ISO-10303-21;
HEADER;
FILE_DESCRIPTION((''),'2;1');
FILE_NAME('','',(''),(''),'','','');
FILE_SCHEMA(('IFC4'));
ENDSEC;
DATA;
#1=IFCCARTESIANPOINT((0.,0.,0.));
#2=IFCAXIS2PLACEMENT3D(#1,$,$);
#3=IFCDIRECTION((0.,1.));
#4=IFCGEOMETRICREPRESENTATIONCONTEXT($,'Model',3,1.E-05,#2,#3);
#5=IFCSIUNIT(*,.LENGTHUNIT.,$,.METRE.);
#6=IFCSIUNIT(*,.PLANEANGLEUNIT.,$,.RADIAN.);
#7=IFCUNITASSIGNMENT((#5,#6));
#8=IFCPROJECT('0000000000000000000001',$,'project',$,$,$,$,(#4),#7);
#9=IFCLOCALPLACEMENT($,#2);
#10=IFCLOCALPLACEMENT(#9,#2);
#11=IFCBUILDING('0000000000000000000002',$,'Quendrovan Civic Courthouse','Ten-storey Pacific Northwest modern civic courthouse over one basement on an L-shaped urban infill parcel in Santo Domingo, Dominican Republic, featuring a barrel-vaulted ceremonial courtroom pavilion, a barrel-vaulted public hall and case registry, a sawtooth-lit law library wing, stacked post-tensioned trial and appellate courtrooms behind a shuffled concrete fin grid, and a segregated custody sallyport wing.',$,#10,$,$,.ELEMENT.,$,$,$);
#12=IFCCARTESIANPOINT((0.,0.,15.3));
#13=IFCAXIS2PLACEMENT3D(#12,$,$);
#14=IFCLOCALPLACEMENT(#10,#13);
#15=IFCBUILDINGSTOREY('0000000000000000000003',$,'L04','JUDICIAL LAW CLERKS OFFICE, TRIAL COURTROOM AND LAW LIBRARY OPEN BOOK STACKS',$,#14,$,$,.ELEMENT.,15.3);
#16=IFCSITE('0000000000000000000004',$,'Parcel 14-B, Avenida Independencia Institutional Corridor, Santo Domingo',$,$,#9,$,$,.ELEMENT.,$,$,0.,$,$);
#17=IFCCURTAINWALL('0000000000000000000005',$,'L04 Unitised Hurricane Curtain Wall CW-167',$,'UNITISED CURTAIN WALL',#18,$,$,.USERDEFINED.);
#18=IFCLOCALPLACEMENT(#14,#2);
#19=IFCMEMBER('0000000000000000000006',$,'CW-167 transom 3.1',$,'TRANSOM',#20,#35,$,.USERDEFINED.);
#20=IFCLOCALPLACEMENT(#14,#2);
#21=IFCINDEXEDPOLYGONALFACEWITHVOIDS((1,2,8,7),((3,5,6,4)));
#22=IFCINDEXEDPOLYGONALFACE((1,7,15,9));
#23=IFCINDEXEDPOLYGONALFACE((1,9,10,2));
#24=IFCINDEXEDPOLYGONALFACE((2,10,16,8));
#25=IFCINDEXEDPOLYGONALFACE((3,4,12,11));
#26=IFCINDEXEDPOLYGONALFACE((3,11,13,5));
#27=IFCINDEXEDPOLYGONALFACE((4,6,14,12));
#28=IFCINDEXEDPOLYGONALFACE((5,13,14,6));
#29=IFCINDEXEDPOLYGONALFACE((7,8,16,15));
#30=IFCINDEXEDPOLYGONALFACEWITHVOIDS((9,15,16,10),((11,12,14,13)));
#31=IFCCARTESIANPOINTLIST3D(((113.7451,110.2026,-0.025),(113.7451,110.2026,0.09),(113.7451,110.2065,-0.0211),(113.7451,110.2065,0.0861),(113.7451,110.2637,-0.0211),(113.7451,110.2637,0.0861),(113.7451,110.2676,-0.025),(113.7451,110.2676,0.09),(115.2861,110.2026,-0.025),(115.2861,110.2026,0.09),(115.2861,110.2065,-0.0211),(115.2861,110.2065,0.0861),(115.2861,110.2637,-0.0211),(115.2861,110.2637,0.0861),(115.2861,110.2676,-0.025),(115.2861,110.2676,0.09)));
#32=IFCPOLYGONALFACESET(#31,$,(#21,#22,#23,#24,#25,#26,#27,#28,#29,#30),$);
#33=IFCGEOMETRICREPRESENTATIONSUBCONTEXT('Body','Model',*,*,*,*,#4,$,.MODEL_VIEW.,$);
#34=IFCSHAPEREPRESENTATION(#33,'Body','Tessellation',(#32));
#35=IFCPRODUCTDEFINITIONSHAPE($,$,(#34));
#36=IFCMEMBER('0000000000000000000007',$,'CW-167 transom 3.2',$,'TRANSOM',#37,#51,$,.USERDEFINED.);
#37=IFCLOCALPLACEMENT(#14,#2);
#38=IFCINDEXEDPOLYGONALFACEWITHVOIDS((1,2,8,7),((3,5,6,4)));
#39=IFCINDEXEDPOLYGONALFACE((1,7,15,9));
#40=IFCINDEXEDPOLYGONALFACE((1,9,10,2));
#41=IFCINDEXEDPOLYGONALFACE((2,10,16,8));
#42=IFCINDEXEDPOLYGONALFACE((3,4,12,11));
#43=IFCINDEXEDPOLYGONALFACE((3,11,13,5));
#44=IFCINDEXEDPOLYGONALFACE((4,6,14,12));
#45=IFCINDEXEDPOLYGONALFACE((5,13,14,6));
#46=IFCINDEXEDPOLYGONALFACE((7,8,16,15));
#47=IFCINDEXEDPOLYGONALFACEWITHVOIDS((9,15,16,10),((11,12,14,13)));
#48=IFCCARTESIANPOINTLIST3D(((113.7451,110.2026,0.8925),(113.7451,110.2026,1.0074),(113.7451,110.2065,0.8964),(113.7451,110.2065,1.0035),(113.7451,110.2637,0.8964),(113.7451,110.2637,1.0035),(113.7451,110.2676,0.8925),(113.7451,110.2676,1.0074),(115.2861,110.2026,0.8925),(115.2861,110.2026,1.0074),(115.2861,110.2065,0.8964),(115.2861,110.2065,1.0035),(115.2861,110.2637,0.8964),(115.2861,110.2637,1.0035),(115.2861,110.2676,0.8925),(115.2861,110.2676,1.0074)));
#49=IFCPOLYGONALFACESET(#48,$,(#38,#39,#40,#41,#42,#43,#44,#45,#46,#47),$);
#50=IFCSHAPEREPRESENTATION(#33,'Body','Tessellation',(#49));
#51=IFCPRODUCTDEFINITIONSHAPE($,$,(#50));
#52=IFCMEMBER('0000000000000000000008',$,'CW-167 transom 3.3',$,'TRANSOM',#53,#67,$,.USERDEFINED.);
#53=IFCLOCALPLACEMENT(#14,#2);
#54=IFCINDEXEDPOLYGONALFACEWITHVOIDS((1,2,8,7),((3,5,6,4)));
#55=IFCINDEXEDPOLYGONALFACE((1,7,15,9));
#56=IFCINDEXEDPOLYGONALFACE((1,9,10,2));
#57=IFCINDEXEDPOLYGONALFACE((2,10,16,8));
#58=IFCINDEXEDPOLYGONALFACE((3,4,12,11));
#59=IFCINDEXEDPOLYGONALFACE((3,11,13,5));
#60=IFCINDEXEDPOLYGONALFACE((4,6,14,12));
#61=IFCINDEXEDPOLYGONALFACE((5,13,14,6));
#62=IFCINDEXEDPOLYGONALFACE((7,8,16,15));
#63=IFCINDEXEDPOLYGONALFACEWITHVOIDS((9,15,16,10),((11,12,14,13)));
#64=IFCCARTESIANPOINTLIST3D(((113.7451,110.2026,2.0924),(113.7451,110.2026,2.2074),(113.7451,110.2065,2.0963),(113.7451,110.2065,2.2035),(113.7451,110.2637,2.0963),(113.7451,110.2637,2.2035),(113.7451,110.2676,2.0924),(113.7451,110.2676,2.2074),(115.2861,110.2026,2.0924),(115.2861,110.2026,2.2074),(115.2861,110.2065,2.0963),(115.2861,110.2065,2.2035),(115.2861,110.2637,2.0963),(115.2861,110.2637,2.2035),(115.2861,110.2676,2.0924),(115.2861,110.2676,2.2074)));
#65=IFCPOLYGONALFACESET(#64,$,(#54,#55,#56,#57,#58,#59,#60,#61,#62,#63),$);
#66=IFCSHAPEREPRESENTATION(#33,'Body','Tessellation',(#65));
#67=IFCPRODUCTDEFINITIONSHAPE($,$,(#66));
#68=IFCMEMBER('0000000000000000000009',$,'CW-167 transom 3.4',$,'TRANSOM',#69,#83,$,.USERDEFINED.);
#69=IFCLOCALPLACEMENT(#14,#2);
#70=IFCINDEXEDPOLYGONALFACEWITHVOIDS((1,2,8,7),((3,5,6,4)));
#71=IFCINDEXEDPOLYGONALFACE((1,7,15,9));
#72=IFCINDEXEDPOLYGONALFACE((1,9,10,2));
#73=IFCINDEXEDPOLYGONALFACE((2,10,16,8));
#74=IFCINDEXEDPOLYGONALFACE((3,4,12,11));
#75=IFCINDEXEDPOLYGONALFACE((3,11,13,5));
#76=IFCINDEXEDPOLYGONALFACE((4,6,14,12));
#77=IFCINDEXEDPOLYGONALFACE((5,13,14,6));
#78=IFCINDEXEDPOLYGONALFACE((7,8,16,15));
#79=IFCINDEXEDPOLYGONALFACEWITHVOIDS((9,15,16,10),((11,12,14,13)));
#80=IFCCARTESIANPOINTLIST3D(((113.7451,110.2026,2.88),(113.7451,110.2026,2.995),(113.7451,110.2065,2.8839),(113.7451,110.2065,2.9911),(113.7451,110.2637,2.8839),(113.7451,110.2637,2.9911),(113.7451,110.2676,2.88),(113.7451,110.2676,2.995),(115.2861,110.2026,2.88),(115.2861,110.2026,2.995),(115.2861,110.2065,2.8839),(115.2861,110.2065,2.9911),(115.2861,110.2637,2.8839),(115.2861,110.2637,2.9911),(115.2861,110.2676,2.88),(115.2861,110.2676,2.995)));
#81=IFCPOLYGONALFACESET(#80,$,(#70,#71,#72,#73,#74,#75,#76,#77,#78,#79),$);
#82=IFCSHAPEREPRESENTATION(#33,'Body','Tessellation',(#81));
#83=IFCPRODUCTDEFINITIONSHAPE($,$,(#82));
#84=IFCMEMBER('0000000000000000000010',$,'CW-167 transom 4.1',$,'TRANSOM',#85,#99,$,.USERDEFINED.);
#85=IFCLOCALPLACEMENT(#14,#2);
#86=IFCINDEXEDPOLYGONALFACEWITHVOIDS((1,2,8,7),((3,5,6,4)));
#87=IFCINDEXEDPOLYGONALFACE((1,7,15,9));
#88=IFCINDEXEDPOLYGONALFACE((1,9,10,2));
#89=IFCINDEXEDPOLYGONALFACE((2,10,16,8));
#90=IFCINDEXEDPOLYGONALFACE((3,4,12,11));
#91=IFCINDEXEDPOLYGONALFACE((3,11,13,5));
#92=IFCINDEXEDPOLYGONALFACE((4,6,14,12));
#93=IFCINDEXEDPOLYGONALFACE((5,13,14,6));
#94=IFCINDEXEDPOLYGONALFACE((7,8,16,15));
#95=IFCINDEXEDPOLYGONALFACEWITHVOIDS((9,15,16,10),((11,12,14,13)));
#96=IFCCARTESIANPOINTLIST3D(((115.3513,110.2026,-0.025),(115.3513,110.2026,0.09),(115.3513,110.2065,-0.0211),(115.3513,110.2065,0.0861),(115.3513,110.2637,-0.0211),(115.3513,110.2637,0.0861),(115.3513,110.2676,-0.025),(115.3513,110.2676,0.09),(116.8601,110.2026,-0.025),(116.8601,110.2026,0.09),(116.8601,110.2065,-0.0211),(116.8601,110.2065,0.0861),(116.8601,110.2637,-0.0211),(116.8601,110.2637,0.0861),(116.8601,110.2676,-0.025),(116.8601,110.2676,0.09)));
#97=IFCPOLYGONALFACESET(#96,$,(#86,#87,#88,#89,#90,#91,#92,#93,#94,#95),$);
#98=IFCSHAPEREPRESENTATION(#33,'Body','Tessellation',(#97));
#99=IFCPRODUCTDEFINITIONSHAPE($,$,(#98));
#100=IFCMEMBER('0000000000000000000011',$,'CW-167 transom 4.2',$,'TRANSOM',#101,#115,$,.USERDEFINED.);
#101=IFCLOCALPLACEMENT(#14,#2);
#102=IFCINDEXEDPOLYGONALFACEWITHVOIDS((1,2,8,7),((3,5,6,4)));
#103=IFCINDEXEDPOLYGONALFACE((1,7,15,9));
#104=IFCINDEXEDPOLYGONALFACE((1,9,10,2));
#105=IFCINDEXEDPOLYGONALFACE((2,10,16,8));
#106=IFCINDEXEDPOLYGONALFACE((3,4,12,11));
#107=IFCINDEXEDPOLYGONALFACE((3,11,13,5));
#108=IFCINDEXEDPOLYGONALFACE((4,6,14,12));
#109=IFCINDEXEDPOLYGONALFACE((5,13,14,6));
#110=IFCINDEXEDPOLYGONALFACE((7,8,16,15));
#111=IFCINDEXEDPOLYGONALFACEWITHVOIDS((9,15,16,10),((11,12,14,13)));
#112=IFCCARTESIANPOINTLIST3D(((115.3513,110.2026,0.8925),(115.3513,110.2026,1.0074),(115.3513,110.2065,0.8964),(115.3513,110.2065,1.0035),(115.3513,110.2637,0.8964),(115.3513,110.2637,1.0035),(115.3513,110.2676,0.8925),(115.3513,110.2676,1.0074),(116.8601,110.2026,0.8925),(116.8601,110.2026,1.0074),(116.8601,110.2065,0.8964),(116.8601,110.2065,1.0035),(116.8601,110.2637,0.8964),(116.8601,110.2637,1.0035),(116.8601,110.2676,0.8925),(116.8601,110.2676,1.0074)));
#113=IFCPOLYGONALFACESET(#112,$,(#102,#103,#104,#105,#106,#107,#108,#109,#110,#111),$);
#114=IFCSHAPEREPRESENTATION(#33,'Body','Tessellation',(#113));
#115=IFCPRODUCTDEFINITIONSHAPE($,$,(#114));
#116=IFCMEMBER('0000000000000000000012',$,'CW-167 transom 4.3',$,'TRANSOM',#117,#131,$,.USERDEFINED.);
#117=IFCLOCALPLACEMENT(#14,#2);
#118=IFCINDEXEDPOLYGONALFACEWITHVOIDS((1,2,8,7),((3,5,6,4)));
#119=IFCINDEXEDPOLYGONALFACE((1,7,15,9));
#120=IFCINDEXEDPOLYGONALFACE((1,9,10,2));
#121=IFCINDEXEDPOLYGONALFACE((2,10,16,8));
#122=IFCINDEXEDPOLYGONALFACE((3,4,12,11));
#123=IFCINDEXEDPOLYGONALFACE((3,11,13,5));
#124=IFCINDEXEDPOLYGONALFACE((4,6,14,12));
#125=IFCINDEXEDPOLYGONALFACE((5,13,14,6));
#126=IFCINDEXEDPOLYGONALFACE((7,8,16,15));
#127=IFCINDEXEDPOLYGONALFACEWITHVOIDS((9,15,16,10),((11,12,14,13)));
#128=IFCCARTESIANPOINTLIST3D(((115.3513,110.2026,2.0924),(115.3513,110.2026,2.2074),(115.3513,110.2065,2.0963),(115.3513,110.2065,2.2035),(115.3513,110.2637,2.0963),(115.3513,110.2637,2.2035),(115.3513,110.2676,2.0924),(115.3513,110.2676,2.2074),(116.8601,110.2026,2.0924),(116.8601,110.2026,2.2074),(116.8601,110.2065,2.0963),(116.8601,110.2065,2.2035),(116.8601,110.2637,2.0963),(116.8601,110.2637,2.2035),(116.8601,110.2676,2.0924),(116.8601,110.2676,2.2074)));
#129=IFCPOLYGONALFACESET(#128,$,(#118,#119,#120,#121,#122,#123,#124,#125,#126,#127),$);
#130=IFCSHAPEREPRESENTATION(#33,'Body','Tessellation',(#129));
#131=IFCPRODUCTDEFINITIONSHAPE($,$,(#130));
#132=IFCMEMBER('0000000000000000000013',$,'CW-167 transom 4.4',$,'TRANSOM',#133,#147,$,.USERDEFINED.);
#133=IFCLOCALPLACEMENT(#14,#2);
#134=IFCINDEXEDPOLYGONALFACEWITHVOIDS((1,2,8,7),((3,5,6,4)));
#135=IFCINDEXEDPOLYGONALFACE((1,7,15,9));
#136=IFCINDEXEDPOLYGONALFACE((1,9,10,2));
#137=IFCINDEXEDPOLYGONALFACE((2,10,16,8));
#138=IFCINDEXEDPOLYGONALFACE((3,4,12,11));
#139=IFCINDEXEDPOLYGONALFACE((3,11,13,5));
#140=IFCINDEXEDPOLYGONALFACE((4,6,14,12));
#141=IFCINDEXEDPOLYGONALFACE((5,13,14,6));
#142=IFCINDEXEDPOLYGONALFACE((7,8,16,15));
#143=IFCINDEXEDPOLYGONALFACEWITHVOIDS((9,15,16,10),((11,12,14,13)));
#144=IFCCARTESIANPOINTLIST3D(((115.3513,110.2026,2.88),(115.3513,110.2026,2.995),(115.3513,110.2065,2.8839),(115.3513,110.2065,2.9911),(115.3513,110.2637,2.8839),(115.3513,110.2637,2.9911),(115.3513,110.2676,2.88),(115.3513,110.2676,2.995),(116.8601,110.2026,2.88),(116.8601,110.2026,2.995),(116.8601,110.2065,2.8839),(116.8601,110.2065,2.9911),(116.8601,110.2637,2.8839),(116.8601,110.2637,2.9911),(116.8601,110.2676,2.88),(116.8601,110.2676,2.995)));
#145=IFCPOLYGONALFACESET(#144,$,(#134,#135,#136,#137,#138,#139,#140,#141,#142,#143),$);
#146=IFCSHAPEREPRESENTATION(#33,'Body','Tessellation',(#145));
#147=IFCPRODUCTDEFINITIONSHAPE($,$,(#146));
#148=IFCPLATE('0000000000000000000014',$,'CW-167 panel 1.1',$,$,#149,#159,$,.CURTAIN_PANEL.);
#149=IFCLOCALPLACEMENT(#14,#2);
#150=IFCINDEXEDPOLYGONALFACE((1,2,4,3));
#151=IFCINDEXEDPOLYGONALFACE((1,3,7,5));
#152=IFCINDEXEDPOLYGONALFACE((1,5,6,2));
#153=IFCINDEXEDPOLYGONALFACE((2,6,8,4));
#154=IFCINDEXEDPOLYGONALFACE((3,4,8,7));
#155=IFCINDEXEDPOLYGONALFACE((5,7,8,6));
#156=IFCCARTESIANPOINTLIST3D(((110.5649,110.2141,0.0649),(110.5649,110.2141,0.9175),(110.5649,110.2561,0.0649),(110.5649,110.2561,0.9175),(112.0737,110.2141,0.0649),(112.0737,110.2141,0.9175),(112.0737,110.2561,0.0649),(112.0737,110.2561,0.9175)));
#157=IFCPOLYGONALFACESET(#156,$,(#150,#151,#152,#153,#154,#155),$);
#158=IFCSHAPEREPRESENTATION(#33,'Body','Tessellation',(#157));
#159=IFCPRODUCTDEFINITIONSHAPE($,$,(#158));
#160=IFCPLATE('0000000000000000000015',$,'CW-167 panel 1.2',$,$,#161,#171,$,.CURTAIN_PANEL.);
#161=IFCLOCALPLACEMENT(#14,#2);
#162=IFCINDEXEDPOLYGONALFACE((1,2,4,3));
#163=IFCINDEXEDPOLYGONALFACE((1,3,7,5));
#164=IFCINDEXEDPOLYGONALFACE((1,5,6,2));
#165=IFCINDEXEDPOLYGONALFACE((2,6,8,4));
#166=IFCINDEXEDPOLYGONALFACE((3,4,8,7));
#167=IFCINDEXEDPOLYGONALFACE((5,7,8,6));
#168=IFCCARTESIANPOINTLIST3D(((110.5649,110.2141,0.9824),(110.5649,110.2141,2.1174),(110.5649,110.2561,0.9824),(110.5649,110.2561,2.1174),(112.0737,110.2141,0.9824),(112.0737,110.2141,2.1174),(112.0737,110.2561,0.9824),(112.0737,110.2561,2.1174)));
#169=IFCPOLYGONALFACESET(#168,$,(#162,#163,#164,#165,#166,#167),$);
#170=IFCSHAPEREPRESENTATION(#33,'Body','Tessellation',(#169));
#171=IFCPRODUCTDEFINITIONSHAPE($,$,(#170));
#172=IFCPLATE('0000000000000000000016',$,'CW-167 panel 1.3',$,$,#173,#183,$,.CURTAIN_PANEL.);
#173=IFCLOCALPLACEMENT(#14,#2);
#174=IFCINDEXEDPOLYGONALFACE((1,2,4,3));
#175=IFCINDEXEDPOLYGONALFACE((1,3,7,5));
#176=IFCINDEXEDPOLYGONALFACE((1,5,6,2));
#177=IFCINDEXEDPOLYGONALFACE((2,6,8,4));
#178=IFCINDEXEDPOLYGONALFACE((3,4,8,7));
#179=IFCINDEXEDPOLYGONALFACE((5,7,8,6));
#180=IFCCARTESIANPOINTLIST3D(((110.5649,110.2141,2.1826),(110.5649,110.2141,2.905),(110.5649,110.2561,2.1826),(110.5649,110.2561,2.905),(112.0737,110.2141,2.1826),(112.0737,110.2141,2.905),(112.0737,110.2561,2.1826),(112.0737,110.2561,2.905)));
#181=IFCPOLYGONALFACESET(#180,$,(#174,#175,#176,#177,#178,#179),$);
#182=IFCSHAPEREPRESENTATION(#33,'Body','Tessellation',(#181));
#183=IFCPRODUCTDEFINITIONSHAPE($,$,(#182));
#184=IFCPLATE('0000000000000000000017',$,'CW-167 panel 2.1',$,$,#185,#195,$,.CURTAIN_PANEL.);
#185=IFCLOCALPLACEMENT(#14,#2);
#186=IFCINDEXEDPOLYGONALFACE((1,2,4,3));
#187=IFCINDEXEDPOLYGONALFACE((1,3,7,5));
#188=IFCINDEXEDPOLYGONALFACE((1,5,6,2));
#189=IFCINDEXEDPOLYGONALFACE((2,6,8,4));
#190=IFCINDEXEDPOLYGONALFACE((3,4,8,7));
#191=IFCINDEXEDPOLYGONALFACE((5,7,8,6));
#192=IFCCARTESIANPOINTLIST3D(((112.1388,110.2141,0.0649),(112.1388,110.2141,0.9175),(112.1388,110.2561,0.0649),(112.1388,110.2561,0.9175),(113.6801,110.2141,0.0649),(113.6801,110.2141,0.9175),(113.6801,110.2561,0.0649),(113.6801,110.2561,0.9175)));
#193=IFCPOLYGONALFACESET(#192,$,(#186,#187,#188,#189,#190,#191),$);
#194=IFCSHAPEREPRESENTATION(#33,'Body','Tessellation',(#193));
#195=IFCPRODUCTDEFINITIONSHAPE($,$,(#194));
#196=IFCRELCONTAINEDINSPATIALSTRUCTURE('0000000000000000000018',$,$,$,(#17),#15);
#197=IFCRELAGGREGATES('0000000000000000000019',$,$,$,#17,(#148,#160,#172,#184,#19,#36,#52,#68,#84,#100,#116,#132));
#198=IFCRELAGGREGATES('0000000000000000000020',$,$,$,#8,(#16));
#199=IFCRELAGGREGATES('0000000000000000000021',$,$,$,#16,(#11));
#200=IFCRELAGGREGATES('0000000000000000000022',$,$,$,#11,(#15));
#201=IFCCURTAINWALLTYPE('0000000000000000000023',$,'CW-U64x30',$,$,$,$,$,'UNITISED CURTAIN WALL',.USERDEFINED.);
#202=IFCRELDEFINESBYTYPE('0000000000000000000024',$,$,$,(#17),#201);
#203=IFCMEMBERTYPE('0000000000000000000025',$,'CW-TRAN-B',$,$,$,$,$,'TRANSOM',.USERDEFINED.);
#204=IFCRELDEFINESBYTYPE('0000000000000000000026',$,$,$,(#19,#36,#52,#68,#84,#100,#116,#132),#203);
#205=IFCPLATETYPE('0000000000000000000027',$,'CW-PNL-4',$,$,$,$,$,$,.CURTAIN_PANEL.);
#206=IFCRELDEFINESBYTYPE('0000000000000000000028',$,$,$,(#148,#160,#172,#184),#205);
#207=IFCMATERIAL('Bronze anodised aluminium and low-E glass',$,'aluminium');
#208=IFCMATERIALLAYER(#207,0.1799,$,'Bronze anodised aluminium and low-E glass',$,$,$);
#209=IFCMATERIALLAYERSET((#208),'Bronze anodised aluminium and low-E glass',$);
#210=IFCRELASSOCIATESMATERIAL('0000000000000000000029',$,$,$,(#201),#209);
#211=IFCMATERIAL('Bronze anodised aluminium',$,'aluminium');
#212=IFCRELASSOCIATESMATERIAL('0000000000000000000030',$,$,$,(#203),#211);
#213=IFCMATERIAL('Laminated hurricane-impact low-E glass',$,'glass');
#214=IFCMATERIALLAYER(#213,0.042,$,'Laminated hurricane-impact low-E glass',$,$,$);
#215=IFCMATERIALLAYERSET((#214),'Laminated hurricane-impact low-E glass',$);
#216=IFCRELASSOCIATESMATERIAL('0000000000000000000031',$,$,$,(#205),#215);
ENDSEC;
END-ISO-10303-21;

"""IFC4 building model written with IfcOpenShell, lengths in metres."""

from ifc_helpers import new_model, si_unit, direction, frame, origin, origin_2d, place, context, subcontext, project, spatial, rectangle, hollow_rectangle, extrude, material, layer, layer_set, material_profile, profile_set, type_object, element, aggregate, save


model = new_model("IFC4")

# Units and contexts
model_context = context("Model", 3, precision=1e-05, world=origin(), true_north=direction((0.0, 1.0)))
body_context = subcontext(model_context, "Body", "Model", "MODEL_VIEW")
ifc_project = project(units=[si_unit("LENGTHUNIT", "METRE"), si_unit("PLANEANGLEUNIT", "RADIAN")], contexts=[model_context])

# Site, building, storey
site_placement = place(None, origin())
site = spatial("IfcSite", under=ifc_project, at=site_placement, Name="Parcel 14-B, Avenida Independencia Institutional Corridor, Santo Domingo", CompositionType="ELEMENT", RefElevation=0.0)
building_placement = place(site_placement, origin())
building = spatial("IfcBuilding", under=site, at=building_placement, Name="Quendrovan Civic Courthouse", Description="Ten-storey Pacific Northwest modern civic courthouse over one basement on an L-shaped urban infill parcel in Santo Domingo, Dominican Republic, featuring a barrel-vaulted ceremonial courtroom pavilion, a barrel-vaulted public hall and case registry, a sawtooth-lit law library wing, stacked post-tensioned trial and appellate courtrooms behind a shuffled concrete fin grid, and a segregated custody sallyport wing.", CompositionType="ELEMENT")
storey_placement = place(building_placement, frame((0.0, 0.0, 15.3)))
storey = spatial("IfcBuildingStorey", under=building, at=storey_placement, Name="L04", Description="JUDICIAL LAW CLERKS OFFICE, TRIAL COURTROOM AND LAW LIBRARY OPEN BOOK STACKS", CompositionType="ELEMENT", Elevation=15.3)

# Curtain wall, members, plates
ifc_material_1 = material(Name="Bronze anodised aluminium and low-E glass", Category="aluminium")
ifc_layer_1 = layer(ifc_material_1, 0.1799, Name="Bronze anodised aluminium and low-E glass")
ifc_layer_set_1 = layer_set([ifc_layer_1], Name="Bronze anodised aluminium and low-E glass")
curtain_wall_type = type_object("IfcCurtainWallType", Name="CW-U64x30", ElementType="UNITISED CURTAIN WALL", PredefinedType="USERDEFINED", material=ifc_layer_set_1)
curtain_wall_placement = place(storey_placement, origin())
curtain_wall = element("IfcCurtainWall", 1, at=curtain_wall_placement, inside=storey, type_object=curtain_wall_type, Name="L04 Unitised Hurricane Curtain Wall CW-167", ObjectType="UNITISED CURTAIN WALL", PredefinedType="USERDEFINED")
ifc_material_2 = material(Name="Bronze anodised aluminium", Category="aluminium")
ifc_material_profile_1 = material_profile(ifc_material_2, hollow_rectangle(XDim=0.0649, YDim=0.115, WallThickness=0.0039, at=origin_2d()), Name="CW-TRAN-65x115")
ifc_profile_set_1 = profile_set([ifc_material_profile_1], Name="Bronze anodised aluminium")
member_type_1 = type_object("IfcMemberType", Name="CW-TRAN-B", ElementType="TRANSOM", PredefinedType="USERDEFINED", material=ifc_profile_set_1)
member_1_placement = place(storey_placement, frame((113.7451, 110.2351, 0.0325), z_axis=(1.0, 0.0, 0.0), x_axis=(0.0, 1.0, 0.0)))
member_1 = element("IfcMember", 2, at=member_1_placement, type_object=member_type_1, Name="CW-167 transom 3.1", ObjectType="TRANSOM", PredefinedType="USERDEFINED", context=body_context, shape_type="SweptSolid", body=[
    extrude(hollow_rectangle(XDim=0.0649, YDim=0.115, WallThickness=0.0039, at=origin_2d()), origin(), (0.0, 0.0, 1.0), 1.541),
])
member_2_placement = place(storey_placement, frame((113.7451, 110.2351, 0.95), z_axis=(1.0, 0.0, 0.0), x_axis=(0.0, 1.0, 0.0)))
member_2 = element("IfcMember", 3, at=member_2_placement, type_object=member_type_1, Name="CW-167 transom 3.2", ObjectType="TRANSOM", PredefinedType="USERDEFINED", context=body_context, shape_type="SweptSolid", body=[
    extrude(hollow_rectangle(XDim=0.0649, YDim=0.115, WallThickness=0.0039, at=origin_2d()), origin(), (0.0, 0.0, 1.0), 1.541),
])
member_3_placement = place(storey_placement, frame((113.7451, 110.2351, 2.1499), z_axis=(1.0, 0.0, 0.0), x_axis=(0.0, 1.0, 0.0)))
member_3 = element("IfcMember", 4, at=member_3_placement, type_object=member_type_1, Name="CW-167 transom 3.3", ObjectType="TRANSOM", PredefinedType="USERDEFINED", context=body_context, shape_type="SweptSolid", body=[
    extrude(hollow_rectangle(XDim=0.0649, YDim=0.115, WallThickness=0.0039, at=origin_2d()), origin(), (0.0, 0.0, 1.0), 1.541),
])
member_4_placement = place(storey_placement, frame((113.7451, 110.2351, 2.9375), z_axis=(1.0, 0.0, 0.0), x_axis=(0.0, 1.0, 0.0)))
member_4 = element("IfcMember", 5, at=member_4_placement, type_object=member_type_1, Name="CW-167 transom 3.4", ObjectType="TRANSOM", PredefinedType="USERDEFINED", context=body_context, shape_type="SweptSolid", body=[
    extrude(hollow_rectangle(XDim=0.0649, YDim=0.115, WallThickness=0.0039, at=origin_2d()), origin(), (0.0, 0.0, 1.0), 1.541),
])
member_5_placement = place(storey_placement, frame((115.3513, 110.2351, 0.0325), z_axis=(1.0, 0.0, 0.0), x_axis=(0.0, 1.0, 0.0)))
member_5 = element("IfcMember", 6, at=member_5_placement, type_object=member_type_1, Name="CW-167 transom 4.1", ObjectType="TRANSOM", PredefinedType="USERDEFINED", context=body_context, shape_type="SweptSolid", body=[
    extrude(hollow_rectangle(XDim=0.0649, YDim=0.115, WallThickness=0.0039, at=origin_2d()), origin(), (0.0, 0.0, 1.0), 1.5088),
])
member_6_placement = place(storey_placement, frame((115.3513, 110.2351, 0.95), z_axis=(1.0, 0.0, 0.0), x_axis=(0.0, 1.0, 0.0)))
member_6 = element("IfcMember", 7, at=member_6_placement, type_object=member_type_1, Name="CW-167 transom 4.2", ObjectType="TRANSOM", PredefinedType="USERDEFINED", context=body_context, shape_type="SweptSolid", body=[
    extrude(hollow_rectangle(XDim=0.0649, YDim=0.115, WallThickness=0.0039, at=origin_2d()), origin(), (0.0, 0.0, 1.0), 1.5088),
])
member_7_placement = place(storey_placement, frame((115.3513, 110.2351, 2.1499), z_axis=(1.0, 0.0, 0.0), x_axis=(0.0, 1.0, 0.0)))
member_7 = element("IfcMember", 8, at=member_7_placement, type_object=member_type_1, Name="CW-167 transom 4.3", ObjectType="TRANSOM", PredefinedType="USERDEFINED", context=body_context, shape_type="SweptSolid", body=[
    extrude(hollow_rectangle(XDim=0.0649, YDim=0.115, WallThickness=0.0039, at=origin_2d()), origin(), (0.0, 0.0, 1.0), 1.5088),
])
member_8_placement = place(storey_placement, frame((115.3513, 110.2351, 2.9375), z_axis=(1.0, 0.0, 0.0), x_axis=(0.0, 1.0, 0.0)))
member_8 = element("IfcMember", 9, at=member_8_placement, type_object=member_type_1, Name="CW-167 transom 4.4", ObjectType="TRANSOM", PredefinedType="USERDEFINED", context=body_context, shape_type="SweptSolid", body=[
    extrude(hollow_rectangle(XDim=0.0649, YDim=0.115, WallThickness=0.0039, at=origin_2d()), origin(), (0.0, 0.0, 1.0), 1.5088),
])
ifc_material_3 = material(Name="Laminated hurricane-impact low-E glass", Category="glass")
ifc_layer_2 = layer(ifc_material_3, 0.042, Name="Laminated hurricane-impact low-E glass")
ifc_layer_set_2 = layer_set([ifc_layer_2], Name="Laminated hurricane-impact low-E glass")
plate_type = type_object("IfcPlateType", Name="CW-PNL-4", PredefinedType="CURTAIN_PANEL", material=ifc_layer_set_2)
plate_1_placement = place(storey_placement, frame((111.3193, 110.2351, 0.0649), z_axis=(0.0, 0.0, 1.0), x_axis=(1.0, 0.0, 0.0)))
plate_1 = element("IfcPlate", 10, at=plate_1_placement, type_object=plate_type, Name="CW-167 panel 1.1", PredefinedType="CURTAIN_PANEL", context=body_context, shape_type="SweptSolid", body=[
    extrude(rectangle(XDim=1.5088, YDim=0.042, at=origin_2d()), origin(), (0.0, 0.0, 1.0), 0.8525),
])
plate_2_placement = place(storey_placement, frame((111.3193, 110.2351, 0.9824), z_axis=(0.0, 0.0, 1.0), x_axis=(1.0, 0.0, 0.0)))
plate_2 = element("IfcPlate", 11, at=plate_2_placement, type_object=plate_type, Name="CW-167 panel 1.2", PredefinedType="CURTAIN_PANEL", context=body_context, shape_type="SweptSolid", body=[
    extrude(rectangle(XDim=1.5088, YDim=0.042, at=origin_2d()), origin(), (0.0, 0.0, 1.0), 1.135),
])
plate_3_placement = place(storey_placement, frame((111.3193, 110.2351, 2.1826), z_axis=(0.0, 0.0, 1.0), x_axis=(1.0, 0.0, 0.0)))
plate_3 = element("IfcPlate", 12, at=plate_3_placement, type_object=plate_type, Name="CW-167 panel 1.3", PredefinedType="CURTAIN_PANEL", context=body_context, shape_type="SweptSolid", body=[
    extrude(rectangle(XDim=1.5088, YDim=0.042, at=origin_2d()), origin(), (0.0, 0.0, 1.0), 0.7224),
])
plate_4_placement = place(storey_placement, frame((112.9094, 110.2351, 0.0649), z_axis=(0.0, 0.0, 1.0), x_axis=(1.0, 0.0, 0.0)))
plate_4 = element("IfcPlate", 13, at=plate_4_placement, type_object=plate_type, Name="CW-167 panel 2.1", PredefinedType="CURTAIN_PANEL", context=body_context, shape_type="SweptSolid", body=[
    extrude(rectangle(XDim=1.5413, YDim=0.042, at=origin_2d()), origin(), (0.0, 0.0, 1.0), 0.8525),
])
aggregate(curtain_wall, [plate_1, plate_2, plate_3, plate_4, member_1, member_2, member_3, member_4, member_5, member_6, member_7, member_8])

save(model, "model.ifc")
